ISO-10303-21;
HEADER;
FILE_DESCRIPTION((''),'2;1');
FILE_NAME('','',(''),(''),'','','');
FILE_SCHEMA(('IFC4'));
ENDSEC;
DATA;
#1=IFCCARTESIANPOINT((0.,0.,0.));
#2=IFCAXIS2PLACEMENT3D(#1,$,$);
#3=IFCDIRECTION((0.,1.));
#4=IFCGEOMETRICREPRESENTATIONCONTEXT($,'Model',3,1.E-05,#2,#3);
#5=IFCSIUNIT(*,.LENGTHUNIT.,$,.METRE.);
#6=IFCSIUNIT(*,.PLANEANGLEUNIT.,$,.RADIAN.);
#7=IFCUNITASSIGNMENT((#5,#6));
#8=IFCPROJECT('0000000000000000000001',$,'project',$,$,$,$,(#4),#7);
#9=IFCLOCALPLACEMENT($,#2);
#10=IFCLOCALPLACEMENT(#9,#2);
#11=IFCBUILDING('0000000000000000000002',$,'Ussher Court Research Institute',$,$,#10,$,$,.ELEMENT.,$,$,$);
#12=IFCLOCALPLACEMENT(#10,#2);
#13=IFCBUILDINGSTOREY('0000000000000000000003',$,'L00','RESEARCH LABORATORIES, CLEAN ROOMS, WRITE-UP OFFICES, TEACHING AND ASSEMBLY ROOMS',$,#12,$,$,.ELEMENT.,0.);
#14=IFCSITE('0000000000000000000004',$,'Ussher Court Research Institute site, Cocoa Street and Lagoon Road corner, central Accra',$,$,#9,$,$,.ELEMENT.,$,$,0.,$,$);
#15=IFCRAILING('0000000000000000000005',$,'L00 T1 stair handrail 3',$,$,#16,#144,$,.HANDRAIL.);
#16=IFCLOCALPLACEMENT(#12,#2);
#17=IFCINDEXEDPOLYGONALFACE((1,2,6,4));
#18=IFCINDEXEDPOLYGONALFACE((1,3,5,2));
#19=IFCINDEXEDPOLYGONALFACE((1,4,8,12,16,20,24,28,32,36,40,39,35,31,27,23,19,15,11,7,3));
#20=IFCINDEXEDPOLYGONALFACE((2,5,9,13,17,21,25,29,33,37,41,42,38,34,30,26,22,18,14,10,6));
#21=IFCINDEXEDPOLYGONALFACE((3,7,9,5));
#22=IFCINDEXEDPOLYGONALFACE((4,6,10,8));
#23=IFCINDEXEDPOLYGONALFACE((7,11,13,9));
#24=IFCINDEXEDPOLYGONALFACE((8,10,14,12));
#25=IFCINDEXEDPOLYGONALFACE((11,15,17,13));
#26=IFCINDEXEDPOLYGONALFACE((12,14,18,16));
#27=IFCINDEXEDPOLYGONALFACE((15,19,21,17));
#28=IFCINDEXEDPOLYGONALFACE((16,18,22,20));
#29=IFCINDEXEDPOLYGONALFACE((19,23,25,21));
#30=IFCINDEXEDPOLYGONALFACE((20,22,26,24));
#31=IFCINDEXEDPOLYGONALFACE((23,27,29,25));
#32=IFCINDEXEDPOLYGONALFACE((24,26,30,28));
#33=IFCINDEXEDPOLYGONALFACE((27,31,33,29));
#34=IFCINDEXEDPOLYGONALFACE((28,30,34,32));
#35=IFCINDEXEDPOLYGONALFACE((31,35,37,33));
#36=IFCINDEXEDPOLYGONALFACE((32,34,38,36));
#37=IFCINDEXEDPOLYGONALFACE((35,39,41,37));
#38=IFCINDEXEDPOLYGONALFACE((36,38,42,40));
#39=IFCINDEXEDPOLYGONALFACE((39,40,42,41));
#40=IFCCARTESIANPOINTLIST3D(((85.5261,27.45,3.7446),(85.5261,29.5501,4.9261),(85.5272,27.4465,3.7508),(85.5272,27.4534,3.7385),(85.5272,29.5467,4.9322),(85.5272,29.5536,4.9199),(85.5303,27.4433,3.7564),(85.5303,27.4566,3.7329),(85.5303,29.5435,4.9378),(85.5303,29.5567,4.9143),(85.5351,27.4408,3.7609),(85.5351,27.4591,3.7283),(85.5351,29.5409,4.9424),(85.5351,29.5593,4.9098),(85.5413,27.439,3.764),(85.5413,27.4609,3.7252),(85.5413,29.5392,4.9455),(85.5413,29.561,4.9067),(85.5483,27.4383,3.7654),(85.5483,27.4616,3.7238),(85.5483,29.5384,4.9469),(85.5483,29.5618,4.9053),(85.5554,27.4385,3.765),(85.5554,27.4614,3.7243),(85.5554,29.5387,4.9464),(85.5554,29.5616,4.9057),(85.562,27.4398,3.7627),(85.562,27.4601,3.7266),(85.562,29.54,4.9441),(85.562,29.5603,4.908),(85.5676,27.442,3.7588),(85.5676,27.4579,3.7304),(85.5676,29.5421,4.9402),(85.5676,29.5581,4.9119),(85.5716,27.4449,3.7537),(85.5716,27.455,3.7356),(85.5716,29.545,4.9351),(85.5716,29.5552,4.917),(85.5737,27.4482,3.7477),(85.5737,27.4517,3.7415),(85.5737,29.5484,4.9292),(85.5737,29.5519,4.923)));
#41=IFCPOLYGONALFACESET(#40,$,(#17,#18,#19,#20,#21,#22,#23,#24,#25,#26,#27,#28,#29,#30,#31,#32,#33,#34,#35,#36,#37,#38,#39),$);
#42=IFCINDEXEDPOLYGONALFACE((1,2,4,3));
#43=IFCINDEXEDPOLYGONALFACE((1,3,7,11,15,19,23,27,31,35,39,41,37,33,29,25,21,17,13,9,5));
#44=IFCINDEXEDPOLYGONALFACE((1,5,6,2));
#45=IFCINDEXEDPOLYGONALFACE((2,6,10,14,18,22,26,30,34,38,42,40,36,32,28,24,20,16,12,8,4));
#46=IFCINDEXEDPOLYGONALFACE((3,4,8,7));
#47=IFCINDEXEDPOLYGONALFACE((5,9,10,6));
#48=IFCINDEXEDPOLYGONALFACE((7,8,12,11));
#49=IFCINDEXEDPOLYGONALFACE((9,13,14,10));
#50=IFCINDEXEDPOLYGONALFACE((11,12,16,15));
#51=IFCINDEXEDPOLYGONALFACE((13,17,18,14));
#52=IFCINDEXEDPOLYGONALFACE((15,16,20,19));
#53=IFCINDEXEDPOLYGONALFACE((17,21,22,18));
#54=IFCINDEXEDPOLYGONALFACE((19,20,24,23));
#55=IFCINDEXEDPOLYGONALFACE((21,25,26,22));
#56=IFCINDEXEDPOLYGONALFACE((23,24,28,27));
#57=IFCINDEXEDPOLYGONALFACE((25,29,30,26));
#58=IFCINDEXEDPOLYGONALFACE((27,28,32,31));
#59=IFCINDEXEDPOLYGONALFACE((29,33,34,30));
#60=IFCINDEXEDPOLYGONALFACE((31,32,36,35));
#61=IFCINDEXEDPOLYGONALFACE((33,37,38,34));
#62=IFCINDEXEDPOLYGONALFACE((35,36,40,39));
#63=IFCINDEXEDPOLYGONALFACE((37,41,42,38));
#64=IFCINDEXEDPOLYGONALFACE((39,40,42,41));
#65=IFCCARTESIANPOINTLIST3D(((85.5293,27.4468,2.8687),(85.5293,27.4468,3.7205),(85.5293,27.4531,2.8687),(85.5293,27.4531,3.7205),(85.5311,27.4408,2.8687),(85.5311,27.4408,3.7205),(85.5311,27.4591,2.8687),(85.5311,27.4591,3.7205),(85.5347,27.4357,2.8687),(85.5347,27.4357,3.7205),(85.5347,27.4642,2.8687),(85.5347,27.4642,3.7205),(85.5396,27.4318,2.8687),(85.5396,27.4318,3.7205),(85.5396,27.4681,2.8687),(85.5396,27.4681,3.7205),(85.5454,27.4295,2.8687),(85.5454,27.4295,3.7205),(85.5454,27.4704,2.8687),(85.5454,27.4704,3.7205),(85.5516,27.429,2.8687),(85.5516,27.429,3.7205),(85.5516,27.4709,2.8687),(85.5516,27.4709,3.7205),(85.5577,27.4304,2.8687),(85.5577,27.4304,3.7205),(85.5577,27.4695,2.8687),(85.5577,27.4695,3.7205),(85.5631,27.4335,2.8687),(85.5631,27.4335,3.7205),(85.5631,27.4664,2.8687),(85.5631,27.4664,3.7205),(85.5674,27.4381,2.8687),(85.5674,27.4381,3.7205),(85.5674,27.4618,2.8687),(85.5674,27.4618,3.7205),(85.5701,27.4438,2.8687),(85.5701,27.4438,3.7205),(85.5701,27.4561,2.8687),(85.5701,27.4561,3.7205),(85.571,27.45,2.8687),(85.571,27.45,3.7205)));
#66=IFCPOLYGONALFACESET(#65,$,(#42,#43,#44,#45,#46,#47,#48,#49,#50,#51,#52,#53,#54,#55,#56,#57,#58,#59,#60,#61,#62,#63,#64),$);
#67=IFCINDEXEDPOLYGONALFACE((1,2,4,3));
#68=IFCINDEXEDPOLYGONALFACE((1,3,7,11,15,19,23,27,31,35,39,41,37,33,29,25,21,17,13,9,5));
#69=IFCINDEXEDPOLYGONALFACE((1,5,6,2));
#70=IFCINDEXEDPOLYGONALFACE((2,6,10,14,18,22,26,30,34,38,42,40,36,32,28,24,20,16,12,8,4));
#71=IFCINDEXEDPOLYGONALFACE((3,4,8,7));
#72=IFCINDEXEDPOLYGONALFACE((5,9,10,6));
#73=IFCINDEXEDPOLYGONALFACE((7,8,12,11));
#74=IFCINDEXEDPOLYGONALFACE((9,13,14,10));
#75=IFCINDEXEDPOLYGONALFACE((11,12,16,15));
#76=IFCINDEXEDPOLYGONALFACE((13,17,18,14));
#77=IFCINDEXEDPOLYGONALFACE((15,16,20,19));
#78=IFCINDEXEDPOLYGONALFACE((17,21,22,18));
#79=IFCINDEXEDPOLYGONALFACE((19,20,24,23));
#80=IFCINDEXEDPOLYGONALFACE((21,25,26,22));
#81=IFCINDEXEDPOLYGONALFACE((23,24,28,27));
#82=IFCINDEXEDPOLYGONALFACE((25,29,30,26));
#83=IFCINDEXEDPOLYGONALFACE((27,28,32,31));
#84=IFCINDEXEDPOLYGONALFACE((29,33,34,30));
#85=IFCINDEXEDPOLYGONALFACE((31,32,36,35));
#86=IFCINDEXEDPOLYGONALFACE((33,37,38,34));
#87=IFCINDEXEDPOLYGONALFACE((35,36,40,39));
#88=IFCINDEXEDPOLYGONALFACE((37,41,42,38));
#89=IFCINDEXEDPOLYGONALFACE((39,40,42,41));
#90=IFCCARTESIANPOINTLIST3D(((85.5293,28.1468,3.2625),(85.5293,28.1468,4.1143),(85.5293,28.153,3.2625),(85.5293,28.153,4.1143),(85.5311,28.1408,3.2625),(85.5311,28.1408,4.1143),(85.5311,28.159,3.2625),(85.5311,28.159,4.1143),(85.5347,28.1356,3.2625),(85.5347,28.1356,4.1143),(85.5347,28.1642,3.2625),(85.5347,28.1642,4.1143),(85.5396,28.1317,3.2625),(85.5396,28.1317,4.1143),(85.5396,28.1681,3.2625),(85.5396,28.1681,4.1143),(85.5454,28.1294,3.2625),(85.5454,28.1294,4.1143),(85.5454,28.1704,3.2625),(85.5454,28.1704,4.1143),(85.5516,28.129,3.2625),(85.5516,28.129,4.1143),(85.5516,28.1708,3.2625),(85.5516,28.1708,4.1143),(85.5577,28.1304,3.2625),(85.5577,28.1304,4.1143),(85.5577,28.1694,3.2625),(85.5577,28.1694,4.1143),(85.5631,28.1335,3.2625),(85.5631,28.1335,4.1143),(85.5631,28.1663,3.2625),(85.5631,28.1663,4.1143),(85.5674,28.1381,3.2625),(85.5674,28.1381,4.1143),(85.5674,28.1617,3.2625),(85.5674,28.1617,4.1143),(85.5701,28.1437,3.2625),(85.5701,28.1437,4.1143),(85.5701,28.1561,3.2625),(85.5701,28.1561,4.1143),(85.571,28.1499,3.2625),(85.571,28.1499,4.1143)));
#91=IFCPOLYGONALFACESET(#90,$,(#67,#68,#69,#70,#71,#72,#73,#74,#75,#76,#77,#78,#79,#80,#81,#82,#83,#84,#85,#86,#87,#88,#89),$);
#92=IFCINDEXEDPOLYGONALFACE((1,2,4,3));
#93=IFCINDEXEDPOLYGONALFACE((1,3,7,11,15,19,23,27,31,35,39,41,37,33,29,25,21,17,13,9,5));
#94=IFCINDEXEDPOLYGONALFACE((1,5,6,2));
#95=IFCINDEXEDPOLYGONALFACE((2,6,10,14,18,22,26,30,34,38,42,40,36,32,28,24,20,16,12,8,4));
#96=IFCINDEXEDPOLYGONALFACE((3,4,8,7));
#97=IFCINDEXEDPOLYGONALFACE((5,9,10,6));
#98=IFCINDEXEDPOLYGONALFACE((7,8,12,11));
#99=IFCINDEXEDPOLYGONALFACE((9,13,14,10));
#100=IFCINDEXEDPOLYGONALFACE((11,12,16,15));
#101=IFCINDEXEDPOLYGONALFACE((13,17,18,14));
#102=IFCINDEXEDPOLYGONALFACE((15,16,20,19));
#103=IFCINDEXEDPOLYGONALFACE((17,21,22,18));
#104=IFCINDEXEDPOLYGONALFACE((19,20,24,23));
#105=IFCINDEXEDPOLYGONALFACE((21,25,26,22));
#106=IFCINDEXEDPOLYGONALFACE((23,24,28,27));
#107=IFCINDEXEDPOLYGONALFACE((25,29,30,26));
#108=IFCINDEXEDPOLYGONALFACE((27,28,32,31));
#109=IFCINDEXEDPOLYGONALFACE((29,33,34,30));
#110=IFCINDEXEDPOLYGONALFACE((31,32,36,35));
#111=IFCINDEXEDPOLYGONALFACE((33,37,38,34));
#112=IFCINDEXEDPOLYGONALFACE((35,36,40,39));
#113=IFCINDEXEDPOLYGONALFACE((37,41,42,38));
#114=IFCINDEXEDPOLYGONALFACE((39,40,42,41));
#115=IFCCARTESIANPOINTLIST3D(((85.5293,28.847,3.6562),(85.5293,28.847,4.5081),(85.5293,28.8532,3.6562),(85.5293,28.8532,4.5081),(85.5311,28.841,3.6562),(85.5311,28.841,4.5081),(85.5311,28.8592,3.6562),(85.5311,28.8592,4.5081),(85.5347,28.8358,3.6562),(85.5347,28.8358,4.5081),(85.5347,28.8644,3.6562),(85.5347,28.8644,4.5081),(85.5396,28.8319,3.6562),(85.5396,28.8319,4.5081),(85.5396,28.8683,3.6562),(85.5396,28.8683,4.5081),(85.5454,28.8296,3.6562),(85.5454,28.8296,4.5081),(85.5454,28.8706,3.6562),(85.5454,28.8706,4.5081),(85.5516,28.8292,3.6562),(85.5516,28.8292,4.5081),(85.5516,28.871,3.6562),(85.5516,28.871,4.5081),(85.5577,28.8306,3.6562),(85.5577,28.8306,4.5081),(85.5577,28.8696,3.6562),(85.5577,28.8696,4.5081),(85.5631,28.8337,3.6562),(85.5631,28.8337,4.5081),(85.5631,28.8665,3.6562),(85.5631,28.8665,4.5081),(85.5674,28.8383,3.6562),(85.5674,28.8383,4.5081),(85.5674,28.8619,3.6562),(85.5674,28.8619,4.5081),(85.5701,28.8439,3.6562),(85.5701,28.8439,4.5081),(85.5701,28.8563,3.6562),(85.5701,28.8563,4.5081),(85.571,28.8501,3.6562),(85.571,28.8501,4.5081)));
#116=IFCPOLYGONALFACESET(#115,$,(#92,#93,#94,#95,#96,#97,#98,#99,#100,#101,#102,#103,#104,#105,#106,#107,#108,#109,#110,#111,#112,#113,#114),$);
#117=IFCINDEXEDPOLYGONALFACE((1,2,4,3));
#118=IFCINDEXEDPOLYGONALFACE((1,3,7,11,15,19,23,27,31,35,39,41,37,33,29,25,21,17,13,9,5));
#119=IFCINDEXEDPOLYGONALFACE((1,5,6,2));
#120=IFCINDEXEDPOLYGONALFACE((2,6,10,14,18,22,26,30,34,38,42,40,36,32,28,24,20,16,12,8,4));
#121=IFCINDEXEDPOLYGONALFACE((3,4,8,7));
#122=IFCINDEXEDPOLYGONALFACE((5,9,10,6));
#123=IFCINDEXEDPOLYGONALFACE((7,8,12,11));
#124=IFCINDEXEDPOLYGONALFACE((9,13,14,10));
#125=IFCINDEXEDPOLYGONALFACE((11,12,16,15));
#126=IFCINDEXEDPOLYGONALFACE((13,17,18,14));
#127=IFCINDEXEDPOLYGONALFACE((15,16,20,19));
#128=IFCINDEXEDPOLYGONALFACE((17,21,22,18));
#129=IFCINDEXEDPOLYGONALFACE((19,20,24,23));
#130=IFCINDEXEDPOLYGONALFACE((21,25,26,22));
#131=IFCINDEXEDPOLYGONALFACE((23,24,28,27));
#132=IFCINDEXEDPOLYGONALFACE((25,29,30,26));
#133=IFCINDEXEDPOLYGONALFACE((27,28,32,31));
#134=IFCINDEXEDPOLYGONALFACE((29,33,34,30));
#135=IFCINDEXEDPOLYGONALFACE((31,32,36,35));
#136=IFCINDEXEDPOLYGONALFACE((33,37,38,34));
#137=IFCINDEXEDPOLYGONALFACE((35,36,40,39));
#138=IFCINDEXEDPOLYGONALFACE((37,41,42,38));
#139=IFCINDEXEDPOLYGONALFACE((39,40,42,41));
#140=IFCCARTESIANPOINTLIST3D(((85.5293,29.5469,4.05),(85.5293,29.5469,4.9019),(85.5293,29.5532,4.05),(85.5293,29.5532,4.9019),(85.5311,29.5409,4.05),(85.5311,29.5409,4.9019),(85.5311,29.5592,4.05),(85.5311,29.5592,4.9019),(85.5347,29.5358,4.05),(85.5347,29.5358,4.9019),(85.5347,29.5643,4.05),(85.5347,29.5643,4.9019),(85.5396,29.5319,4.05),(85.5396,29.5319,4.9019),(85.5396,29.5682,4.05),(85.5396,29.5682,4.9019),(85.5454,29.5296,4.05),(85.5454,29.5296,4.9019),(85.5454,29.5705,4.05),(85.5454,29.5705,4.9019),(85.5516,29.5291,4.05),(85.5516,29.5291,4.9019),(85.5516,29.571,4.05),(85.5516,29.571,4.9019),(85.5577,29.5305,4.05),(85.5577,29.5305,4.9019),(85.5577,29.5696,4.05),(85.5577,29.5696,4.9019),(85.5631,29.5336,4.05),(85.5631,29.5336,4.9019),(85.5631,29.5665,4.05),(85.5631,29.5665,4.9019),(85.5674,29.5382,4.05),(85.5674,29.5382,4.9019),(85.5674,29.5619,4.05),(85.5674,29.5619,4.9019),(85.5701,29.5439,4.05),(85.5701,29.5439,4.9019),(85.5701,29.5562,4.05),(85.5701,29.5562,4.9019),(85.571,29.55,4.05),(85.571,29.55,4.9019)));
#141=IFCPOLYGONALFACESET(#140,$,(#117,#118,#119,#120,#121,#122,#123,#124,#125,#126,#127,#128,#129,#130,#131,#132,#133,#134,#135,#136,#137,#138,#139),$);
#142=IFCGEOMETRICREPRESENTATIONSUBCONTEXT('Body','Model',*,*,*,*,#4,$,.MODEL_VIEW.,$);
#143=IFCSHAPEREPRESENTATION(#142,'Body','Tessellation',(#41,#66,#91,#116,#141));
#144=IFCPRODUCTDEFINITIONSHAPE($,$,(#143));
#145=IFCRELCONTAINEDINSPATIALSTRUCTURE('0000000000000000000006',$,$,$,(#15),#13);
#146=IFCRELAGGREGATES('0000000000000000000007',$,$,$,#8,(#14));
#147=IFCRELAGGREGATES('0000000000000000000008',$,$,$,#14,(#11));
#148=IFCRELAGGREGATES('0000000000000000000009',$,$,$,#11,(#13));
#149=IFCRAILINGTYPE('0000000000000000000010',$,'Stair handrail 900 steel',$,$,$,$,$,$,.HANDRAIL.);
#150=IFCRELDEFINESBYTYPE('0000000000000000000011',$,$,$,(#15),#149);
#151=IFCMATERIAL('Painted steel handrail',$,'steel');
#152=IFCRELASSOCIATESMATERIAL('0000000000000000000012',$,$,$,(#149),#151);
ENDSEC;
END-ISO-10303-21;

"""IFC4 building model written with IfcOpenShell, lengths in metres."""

from ifc_helpers import new_model, si_unit, direction, frame, origin, origin_2d, place, context, subcontext, project, spatial, circle, extrude, material, type_object, element, save


model = new_model("IFC4")

# Units and contexts
model_context = context("Model", 3, precision=1e-05, world=origin(), true_north=direction((0.0, 1.0)))
body_context = subcontext(model_context, "Body", "Model", "MODEL_VIEW")
ifc_project = project(units=[si_unit("LENGTHUNIT", "METRE"), si_unit("PLANEANGLEUNIT", "RADIAN")], contexts=[model_context])

# Site, building, storey
site_placement = place(None, origin())
site = spatial("IfcSite", under=ifc_project, at=site_placement, Name="Ussher Court Research Institute site, Cocoa Street and Lagoon Road corner, central Accra", CompositionType="ELEMENT", RefElevation=0.0)
building_placement = place(site_placement, origin())
building = spatial("IfcBuilding", under=site, at=building_placement, Name="Ussher Court Research Institute", CompositionType="ELEMENT")
storey_placement = place(building_placement, origin())
storey = spatial("IfcBuildingStorey", under=building, at=storey_placement, Name="L00", Description="RESEARCH LABORATORIES, CLEAN ROOMS, WRITE-UP OFFICES, TEACHING AND ASSEMBLY ROOMS", CompositionType="ELEMENT", Elevation=0.0)

# Railing
ifc_material_1 = material(Name="Painted steel handrail", Category="steel")
railing_type_1 = type_object("IfcRailingType", Name="Stair handrail 900 steel", PredefinedType="HANDRAIL", material=ifc_material_1)
railing_1_placement = place(storey_placement, frame((85.55, 27.45, 2.8687)))
element("IfcRailing", 1, at=railing_1_placement, inside=storey, type_object=railing_type_1, Name="L00 T1 stair handrail 3", PredefinedType="HANDRAIL", context=body_context, shape_type="SweptSolid", body=[
    extrude(circle(Radius=0.0239, at=origin_2d()), frame((0.0, 0.0, 0.876), z_axis=(0.0, 0.871559, 0.49029), x_axis=(-1.0, 0.0, 0.0)), (0.0, 0.0, 1.0), 2.4097),
    extrude(circle(Radius=0.021, at=origin_2d()), origin(), (0.0, 0.0, 1.0), 0.8518),
    extrude(circle(Radius=0.021, at=origin_2d()), frame((0.0, 0.7, 0.3938)), (0.0, 0.0, 1.0), 0.8518),
    extrude(circle(Radius=0.021, at=origin_2d()), frame((0.0, 1.4001, 0.7876)), (0.0, 0.0, 1.0), 0.8518),
    extrude(circle(Radius=0.021, at=origin_2d()), frame((0.0, 2.1001, 1.1814)), (0.0, 0.0, 1.0), 0.8518),
])

save(model, "model.ifc")
